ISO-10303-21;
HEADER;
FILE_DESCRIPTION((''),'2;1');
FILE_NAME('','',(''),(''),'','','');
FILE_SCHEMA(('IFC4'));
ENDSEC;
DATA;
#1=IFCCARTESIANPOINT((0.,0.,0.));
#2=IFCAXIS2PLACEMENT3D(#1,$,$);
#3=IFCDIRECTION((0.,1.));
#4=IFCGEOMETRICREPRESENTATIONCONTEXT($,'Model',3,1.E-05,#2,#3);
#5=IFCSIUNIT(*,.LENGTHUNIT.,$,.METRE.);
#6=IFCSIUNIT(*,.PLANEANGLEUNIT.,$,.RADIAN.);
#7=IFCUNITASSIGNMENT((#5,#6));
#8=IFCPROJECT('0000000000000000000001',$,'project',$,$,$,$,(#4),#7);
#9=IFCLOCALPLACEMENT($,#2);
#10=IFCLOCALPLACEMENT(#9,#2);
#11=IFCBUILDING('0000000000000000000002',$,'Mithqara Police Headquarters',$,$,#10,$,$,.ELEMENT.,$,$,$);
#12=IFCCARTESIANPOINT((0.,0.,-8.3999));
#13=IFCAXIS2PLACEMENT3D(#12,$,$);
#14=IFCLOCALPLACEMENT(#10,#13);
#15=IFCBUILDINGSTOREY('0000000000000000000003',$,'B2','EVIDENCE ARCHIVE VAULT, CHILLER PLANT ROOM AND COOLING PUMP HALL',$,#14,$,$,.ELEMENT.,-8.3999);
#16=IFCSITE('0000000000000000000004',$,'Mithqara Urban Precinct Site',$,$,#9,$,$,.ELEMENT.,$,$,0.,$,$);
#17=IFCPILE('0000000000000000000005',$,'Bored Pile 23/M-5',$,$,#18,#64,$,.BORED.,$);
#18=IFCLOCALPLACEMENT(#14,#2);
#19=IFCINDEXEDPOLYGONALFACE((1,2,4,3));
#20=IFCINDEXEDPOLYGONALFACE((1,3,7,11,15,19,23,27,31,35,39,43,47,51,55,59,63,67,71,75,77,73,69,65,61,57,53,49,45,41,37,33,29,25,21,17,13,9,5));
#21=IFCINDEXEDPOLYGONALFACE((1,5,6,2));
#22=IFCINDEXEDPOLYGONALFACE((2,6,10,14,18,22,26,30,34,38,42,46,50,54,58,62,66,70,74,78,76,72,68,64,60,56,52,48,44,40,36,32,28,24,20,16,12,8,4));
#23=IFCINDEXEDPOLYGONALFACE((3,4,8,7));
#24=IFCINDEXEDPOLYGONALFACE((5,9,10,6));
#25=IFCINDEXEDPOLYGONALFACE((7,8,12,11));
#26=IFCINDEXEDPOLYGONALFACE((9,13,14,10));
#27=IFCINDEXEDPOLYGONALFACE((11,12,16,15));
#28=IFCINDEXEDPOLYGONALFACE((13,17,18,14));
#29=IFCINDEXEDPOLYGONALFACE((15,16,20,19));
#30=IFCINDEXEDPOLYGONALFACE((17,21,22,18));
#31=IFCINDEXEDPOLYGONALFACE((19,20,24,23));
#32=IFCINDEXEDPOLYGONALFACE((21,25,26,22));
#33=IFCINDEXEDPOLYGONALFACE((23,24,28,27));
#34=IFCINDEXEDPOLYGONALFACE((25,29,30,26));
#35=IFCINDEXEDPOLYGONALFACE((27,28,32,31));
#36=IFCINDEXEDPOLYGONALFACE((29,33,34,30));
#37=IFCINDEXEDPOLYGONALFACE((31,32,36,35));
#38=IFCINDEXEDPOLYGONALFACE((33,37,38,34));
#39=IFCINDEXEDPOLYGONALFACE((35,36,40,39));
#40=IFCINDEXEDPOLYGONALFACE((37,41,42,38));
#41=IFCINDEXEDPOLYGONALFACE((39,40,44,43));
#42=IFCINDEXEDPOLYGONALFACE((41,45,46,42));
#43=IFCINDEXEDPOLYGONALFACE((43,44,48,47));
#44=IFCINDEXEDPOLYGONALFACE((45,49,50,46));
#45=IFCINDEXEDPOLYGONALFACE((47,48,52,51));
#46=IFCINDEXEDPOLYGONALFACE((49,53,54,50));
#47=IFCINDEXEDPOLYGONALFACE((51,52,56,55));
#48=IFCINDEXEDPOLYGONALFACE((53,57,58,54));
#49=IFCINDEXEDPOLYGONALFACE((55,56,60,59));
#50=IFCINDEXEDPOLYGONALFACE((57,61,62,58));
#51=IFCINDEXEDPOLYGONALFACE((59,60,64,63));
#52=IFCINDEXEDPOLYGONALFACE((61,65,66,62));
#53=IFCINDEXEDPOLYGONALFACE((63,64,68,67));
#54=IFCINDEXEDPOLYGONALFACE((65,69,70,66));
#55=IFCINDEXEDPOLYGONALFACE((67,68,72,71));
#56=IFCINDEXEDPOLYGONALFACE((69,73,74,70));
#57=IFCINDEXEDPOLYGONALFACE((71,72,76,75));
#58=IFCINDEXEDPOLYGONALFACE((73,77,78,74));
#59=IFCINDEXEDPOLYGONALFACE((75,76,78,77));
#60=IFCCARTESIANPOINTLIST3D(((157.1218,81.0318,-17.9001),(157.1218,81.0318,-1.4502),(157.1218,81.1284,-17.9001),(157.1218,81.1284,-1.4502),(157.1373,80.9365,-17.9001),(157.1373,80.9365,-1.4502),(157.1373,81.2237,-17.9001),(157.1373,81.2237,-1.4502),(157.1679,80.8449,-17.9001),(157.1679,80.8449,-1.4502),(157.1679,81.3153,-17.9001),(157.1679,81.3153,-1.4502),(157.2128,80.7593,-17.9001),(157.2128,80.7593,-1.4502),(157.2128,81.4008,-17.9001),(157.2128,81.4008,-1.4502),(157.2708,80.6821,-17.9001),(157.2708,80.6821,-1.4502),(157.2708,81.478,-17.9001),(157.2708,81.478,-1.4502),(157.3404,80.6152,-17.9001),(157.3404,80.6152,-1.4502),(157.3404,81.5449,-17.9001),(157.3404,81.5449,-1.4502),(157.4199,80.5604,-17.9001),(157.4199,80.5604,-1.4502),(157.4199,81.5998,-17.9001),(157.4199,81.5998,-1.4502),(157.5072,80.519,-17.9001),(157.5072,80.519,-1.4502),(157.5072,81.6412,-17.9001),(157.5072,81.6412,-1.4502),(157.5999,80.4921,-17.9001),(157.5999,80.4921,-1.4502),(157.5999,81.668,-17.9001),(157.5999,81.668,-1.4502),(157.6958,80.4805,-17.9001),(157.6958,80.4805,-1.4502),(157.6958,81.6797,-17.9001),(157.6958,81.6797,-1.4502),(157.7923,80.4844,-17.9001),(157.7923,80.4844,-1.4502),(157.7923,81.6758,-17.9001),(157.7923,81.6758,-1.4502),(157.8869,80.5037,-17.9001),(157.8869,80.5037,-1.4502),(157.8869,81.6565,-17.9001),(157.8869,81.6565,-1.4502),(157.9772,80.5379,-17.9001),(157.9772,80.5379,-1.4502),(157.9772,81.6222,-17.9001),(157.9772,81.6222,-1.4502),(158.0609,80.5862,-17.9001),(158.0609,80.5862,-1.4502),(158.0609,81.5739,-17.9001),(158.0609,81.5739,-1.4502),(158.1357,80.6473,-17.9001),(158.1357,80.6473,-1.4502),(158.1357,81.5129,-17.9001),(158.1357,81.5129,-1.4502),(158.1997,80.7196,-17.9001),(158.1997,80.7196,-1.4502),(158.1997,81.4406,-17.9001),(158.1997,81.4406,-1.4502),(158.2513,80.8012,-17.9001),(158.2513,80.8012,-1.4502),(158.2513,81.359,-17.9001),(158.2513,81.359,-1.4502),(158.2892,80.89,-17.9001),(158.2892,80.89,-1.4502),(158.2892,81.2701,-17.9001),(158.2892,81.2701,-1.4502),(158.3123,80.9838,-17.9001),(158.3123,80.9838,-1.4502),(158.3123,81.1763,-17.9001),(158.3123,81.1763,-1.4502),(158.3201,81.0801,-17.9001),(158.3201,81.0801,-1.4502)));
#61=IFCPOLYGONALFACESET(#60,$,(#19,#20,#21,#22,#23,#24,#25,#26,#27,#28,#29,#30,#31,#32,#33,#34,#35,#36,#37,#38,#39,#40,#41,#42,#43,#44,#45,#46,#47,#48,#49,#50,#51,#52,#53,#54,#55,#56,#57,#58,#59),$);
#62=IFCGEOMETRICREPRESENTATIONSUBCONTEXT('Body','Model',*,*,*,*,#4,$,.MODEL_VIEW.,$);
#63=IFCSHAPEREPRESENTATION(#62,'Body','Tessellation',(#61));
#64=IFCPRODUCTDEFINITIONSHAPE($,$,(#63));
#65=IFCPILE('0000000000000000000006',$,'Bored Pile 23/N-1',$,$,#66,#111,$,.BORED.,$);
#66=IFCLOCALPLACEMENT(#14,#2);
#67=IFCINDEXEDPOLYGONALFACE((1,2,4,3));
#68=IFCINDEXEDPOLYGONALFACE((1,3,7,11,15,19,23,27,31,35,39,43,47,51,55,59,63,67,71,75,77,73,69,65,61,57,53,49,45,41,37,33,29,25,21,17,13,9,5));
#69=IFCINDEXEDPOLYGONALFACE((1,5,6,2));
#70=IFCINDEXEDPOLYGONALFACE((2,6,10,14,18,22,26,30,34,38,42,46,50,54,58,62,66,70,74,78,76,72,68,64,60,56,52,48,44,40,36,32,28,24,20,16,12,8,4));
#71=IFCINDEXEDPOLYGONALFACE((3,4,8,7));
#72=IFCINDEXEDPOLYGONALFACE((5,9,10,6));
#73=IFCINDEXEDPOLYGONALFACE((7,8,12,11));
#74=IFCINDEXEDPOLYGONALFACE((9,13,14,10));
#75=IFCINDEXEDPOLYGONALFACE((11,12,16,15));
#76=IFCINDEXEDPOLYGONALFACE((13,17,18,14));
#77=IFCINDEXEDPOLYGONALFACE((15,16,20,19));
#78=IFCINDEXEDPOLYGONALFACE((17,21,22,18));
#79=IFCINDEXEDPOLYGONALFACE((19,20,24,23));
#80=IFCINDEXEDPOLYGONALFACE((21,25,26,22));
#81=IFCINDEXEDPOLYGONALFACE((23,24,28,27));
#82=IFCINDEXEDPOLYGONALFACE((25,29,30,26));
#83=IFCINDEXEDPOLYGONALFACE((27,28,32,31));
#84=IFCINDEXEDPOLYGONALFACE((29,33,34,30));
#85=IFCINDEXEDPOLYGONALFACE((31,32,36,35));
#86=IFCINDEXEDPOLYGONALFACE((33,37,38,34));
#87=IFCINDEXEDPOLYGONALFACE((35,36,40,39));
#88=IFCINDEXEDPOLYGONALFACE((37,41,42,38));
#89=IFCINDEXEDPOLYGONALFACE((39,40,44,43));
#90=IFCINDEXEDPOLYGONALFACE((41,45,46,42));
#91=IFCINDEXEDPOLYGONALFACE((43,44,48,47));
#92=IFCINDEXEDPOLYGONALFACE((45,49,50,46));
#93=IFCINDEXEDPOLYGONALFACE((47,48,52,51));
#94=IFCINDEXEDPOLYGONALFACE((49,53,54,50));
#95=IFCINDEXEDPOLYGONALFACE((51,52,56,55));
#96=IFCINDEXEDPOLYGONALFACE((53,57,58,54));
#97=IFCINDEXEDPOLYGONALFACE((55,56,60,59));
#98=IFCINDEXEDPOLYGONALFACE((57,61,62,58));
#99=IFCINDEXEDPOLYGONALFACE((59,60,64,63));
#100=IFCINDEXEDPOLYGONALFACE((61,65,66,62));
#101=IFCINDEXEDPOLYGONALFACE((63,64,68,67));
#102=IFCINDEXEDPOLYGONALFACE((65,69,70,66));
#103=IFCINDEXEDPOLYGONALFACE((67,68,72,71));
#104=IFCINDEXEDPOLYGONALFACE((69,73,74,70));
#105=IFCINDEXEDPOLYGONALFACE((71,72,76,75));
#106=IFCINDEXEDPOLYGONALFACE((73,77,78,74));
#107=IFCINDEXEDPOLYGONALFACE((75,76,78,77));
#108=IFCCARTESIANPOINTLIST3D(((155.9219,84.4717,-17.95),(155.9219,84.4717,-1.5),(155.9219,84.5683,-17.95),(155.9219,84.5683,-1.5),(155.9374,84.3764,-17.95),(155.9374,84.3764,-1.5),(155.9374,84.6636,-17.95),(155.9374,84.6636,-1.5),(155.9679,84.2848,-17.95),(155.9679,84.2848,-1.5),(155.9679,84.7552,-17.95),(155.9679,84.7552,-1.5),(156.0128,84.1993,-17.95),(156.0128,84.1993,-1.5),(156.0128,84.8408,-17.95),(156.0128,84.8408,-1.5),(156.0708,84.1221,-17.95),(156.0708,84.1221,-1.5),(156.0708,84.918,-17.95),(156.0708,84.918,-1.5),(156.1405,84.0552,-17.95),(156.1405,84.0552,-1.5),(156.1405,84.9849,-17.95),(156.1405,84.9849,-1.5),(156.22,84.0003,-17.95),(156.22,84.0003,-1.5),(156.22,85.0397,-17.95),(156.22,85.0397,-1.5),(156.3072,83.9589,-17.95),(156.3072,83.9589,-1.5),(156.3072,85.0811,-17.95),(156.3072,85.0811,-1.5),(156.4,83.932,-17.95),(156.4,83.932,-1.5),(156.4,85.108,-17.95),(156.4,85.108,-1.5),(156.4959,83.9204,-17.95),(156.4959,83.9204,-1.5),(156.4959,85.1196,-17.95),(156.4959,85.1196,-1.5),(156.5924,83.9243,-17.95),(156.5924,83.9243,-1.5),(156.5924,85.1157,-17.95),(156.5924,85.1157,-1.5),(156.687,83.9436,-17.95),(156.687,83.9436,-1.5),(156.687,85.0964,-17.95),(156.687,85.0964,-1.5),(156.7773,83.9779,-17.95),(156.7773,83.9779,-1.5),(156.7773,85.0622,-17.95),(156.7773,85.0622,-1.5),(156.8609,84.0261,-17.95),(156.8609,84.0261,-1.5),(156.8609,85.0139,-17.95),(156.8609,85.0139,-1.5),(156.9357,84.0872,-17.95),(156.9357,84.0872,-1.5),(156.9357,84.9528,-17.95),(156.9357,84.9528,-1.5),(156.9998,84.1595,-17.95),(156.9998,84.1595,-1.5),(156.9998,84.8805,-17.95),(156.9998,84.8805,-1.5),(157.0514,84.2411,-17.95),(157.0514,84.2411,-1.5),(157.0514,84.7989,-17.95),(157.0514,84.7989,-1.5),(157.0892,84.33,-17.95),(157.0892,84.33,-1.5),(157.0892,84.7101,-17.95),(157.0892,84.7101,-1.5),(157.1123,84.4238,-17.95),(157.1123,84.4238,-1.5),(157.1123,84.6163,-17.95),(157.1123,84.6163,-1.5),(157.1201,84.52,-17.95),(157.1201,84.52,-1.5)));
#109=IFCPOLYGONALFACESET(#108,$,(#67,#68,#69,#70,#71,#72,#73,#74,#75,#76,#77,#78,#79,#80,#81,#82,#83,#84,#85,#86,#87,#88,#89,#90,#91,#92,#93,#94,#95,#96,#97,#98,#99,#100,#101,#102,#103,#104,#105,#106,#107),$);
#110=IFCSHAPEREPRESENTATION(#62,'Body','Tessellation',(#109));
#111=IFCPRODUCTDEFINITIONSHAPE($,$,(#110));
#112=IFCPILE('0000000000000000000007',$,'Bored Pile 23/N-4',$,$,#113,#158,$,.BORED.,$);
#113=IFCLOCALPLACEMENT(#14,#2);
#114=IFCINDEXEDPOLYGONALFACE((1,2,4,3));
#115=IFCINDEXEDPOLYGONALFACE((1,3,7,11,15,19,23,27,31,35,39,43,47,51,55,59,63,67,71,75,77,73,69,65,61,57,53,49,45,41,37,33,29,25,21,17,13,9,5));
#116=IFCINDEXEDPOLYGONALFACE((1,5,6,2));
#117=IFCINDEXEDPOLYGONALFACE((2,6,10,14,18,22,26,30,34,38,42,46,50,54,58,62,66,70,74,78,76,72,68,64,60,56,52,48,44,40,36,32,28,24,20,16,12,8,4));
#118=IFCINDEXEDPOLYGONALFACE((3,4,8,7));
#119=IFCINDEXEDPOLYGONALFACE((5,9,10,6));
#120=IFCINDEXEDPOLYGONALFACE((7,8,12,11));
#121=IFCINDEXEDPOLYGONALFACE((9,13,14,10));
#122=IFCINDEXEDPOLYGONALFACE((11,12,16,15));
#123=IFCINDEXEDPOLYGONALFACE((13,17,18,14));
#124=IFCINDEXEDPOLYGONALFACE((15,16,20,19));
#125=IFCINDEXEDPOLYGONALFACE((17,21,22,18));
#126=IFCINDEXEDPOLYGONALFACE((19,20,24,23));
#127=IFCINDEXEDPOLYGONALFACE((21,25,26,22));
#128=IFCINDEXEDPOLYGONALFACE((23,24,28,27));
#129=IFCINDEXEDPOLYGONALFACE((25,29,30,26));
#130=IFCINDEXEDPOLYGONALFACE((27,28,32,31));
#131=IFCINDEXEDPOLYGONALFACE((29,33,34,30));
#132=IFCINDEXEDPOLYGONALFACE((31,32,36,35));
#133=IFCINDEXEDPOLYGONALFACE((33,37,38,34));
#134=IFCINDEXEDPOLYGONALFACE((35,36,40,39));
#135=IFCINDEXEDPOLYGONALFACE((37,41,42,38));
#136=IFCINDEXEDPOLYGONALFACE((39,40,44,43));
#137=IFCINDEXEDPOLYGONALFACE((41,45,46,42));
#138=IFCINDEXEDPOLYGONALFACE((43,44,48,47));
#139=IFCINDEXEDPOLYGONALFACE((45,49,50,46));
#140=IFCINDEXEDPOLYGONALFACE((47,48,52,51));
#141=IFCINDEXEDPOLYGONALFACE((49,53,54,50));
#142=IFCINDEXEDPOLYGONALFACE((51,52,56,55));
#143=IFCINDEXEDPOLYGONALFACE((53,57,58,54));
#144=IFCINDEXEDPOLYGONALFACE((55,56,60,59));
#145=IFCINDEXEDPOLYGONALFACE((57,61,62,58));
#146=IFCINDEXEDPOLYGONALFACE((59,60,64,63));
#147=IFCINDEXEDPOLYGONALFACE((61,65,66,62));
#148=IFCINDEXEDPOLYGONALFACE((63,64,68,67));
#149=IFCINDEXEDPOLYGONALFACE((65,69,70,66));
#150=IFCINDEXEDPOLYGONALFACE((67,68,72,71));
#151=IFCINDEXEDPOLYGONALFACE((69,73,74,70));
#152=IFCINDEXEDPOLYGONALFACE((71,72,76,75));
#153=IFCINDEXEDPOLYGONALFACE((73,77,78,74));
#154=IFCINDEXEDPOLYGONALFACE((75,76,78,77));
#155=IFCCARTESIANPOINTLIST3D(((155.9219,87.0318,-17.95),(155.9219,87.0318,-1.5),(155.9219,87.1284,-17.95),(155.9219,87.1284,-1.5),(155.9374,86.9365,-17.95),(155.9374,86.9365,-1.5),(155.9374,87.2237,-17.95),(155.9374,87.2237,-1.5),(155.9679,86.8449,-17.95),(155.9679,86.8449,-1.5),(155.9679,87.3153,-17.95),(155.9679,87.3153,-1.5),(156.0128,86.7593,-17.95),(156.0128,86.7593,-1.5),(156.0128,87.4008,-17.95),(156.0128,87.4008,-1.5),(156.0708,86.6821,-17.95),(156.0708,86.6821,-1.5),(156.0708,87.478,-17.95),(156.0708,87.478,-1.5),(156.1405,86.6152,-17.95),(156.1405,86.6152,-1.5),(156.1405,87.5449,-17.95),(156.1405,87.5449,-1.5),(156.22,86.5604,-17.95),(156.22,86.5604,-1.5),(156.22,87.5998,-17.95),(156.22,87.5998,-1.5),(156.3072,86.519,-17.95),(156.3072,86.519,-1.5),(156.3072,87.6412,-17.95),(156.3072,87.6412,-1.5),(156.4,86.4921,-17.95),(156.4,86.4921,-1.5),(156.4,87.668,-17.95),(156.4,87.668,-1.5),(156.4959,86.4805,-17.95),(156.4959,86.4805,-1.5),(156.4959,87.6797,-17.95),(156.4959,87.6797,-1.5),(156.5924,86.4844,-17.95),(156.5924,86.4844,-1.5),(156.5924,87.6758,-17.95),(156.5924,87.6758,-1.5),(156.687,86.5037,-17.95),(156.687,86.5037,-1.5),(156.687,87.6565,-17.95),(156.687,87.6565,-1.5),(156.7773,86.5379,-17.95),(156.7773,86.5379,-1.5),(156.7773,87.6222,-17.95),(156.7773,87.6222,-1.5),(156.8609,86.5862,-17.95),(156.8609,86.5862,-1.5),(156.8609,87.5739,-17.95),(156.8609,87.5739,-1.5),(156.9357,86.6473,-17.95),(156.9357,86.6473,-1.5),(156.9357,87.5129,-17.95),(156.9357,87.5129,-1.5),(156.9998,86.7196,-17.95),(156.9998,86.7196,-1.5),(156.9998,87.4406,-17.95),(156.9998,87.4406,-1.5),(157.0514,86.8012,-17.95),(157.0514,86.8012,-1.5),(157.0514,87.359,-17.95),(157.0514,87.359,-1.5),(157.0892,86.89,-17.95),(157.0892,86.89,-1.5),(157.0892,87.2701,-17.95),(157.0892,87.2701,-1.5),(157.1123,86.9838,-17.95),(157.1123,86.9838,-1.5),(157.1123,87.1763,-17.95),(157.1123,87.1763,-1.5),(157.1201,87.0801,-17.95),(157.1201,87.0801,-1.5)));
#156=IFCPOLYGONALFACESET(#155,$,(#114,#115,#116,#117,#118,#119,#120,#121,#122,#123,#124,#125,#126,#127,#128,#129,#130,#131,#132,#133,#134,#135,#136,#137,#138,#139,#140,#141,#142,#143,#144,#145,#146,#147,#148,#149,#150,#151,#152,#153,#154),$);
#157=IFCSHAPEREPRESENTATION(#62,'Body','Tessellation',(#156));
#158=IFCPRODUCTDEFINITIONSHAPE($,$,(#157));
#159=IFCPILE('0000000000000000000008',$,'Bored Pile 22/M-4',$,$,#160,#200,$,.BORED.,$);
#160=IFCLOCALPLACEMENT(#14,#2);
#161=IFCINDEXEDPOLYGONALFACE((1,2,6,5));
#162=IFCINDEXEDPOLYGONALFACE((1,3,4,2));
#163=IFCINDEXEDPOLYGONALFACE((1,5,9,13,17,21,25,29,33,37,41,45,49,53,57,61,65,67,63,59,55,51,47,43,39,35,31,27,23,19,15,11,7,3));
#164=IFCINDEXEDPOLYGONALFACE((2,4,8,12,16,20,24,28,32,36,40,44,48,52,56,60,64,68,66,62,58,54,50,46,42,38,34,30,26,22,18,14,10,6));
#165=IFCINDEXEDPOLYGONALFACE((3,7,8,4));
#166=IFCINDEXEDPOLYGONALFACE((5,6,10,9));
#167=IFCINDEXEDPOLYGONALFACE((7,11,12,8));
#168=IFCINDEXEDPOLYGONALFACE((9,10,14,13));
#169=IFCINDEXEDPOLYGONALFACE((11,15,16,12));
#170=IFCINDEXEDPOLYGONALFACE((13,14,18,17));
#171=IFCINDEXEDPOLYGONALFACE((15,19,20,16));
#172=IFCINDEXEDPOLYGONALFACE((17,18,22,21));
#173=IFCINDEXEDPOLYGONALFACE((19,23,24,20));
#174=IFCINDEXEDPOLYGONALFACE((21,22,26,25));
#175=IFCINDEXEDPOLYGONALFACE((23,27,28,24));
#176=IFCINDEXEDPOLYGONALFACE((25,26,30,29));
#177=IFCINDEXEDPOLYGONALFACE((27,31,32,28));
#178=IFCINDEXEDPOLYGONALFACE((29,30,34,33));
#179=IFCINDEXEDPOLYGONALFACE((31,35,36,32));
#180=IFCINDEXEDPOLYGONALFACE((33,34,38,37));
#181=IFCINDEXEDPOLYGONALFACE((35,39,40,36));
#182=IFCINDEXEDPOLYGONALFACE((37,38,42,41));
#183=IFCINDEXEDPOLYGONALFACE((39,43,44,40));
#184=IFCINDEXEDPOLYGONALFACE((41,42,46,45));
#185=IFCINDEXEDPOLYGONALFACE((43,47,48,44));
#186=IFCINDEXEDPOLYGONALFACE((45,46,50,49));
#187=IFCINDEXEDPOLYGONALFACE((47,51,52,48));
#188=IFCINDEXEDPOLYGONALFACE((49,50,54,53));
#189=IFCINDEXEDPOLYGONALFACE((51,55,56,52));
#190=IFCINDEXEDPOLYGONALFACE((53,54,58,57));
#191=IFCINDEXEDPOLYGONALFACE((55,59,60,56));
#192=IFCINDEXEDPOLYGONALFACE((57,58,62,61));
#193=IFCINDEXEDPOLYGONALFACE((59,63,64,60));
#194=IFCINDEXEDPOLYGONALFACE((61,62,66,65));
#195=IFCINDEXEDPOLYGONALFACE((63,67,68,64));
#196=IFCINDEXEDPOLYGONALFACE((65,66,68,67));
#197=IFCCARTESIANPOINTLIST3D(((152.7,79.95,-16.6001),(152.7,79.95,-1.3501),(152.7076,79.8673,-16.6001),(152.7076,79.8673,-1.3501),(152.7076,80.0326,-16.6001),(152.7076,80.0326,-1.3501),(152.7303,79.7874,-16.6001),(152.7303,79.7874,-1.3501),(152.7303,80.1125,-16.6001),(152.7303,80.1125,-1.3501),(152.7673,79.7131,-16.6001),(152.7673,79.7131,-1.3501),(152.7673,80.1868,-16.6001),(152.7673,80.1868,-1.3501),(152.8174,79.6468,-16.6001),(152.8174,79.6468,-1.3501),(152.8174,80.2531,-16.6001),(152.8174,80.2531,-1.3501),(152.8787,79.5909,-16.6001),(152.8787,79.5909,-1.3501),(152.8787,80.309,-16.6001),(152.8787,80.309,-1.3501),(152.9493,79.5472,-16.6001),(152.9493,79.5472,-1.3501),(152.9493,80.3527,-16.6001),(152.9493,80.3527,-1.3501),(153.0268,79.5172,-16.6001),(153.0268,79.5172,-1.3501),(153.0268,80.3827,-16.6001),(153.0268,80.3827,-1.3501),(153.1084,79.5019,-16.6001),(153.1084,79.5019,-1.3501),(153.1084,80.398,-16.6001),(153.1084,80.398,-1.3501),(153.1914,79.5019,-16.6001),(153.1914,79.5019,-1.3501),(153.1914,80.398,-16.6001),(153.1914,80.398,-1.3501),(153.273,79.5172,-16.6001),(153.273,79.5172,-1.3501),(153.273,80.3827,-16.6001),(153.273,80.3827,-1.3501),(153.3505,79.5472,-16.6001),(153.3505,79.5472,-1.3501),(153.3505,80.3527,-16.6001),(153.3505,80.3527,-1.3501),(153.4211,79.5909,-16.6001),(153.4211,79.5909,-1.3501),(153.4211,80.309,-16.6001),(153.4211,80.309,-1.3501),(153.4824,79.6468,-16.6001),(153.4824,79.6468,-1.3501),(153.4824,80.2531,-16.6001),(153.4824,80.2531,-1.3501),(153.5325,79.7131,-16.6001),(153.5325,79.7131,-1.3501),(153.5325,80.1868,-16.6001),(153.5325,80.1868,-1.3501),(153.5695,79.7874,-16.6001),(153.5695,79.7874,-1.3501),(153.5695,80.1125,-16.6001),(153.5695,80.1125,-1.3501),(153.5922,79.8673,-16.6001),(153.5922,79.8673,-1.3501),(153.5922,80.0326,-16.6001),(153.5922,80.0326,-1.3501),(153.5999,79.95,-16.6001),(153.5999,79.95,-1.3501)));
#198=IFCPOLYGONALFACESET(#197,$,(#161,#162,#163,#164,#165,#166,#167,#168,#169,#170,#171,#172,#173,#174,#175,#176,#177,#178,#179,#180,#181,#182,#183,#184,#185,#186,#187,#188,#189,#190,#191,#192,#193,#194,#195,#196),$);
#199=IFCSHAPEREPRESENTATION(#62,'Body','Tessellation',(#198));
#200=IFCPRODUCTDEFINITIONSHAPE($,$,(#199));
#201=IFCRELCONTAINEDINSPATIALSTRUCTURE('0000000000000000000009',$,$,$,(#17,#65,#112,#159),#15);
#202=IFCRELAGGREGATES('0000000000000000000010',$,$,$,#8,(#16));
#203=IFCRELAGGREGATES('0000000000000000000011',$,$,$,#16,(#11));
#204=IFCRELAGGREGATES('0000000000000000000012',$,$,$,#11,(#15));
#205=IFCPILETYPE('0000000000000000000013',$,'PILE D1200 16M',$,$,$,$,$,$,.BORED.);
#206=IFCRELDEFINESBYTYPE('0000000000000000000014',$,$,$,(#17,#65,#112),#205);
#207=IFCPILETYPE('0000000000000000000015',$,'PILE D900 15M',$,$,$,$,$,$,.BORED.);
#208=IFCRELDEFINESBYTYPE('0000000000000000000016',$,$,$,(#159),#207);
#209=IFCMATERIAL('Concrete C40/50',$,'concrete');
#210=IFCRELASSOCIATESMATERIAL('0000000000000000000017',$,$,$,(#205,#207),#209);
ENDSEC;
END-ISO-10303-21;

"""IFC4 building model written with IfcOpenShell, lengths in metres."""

from ifc_helpers import new_model, si_unit, direction, frame, origin, origin_2d, place, context, subcontext, project, spatial, circle, extrude, material, material_profile, profile_set, type_object, element, save


model = new_model("IFC4")

# Units and contexts
model_context = context("Model", 3, precision=1e-05, world=origin(), true_north=direction((0.0, 1.0)))
body_context = subcontext(model_context, "Body", "Model", "MODEL_VIEW")
ifc_project = project(units=[si_unit("LENGTHUNIT", "METRE"), si_unit("PLANEANGLEUNIT", "RADIAN")], contexts=[model_context])

# Site, building, storey
site_placement = place(None, origin())
site = spatial("IfcSite", under=ifc_project, at=site_placement, Name="Mithqara Urban Precinct Site", CompositionType="ELEMENT", RefElevation=0.0)
building_placement = place(site_placement, origin())
building = spatial("IfcBuilding", under=site, at=building_placement, Name="Mithqara Police Headquarters", CompositionType="ELEMENT")
storey_placement = place(building_placement, frame((0.0, 0.0, -8.3999)))
storey = spatial("IfcBuildingStorey", under=building, at=storey_placement, Name="B2", Description="EVIDENCE ARCHIVE VAULT, CHILLER PLANT ROOM AND COOLING PUMP HALL", CompositionType="ELEMENT", Elevation=-8.3999)

# Shared definitions
ifc_material_1 = material(Name="Concrete C40/50", Category="concrete")

# Piles
ifc_material_profile_1 = material_profile(ifc_material_1, circle(Radius=0.6001, at=origin_2d()), Name="PILE D1200")
ifc_profile_set_1 = profile_set([ifc_material_profile_1], Name="Concrete C40/50")
pile_type_1 = type_object("IfcPileType", Name="PILE D1200 16M", PredefinedType="BORED", material=ifc_profile_set_1)
for number, where, z_axis, x_axis, name in (
    (1, (157.72, 81.0801, -1.4502), (0.0, 0.0, -1.0), (1.0, 0.0, 0.0), "Bored Pile 23/M-5"),
    (2, (156.52, 84.52, -1.5), (0.0, 0.0, -1.0), (1.0, 0.0, 0.0), "Bored Pile 23/N-1"),
    (3, (156.52, 87.0801, -1.5), (0.0, 0.0, -1.0), (1.0, 0.0, 0.0), "Bored Pile 23/N-4"),
):
    element("IfcPile", number, at=place(storey_placement, frame(where, z_axis=z_axis, x_axis=x_axis)), inside=storey, type_object=pile_type_1, Name=name, PredefinedType="BORED", context=body_context, shape_type="SweptSolid", body=[
        extrude(circle(Radius=0.6001, at=origin_2d()), origin(), (0.0, 0.0, 1.0), 16.45),
    ])
ifc_material_profile_2 = material_profile(ifc_material_1, circle(Radius=0.45, at=origin_2d()), Name="PILE D900")
ifc_profile_set_2 = profile_set([ifc_material_profile_2], Name="Concrete C40/50")
pile_type_2 = type_object("IfcPileType", Name="PILE D900 15M", PredefinedType="BORED", material=ifc_profile_set_2)
pile_placement = place(storey_placement, frame((153.1499, 79.95, -1.3501), z_axis=(0.0, 0.0, -1.0), x_axis=(1.0, 0.0, 0.0)))
element("IfcPile", 4, at=pile_placement, inside=storey, type_object=pile_type_2, Name="Bored Pile 22/M-4", PredefinedType="BORED", context=body_context, shape_type="SweptSolid", body=[
    extrude(circle(Radius=0.45, at=origin_2d()), origin(), (0.0, 0.0, 1.0), 15.25),
])

save(model, "model.ifc")
